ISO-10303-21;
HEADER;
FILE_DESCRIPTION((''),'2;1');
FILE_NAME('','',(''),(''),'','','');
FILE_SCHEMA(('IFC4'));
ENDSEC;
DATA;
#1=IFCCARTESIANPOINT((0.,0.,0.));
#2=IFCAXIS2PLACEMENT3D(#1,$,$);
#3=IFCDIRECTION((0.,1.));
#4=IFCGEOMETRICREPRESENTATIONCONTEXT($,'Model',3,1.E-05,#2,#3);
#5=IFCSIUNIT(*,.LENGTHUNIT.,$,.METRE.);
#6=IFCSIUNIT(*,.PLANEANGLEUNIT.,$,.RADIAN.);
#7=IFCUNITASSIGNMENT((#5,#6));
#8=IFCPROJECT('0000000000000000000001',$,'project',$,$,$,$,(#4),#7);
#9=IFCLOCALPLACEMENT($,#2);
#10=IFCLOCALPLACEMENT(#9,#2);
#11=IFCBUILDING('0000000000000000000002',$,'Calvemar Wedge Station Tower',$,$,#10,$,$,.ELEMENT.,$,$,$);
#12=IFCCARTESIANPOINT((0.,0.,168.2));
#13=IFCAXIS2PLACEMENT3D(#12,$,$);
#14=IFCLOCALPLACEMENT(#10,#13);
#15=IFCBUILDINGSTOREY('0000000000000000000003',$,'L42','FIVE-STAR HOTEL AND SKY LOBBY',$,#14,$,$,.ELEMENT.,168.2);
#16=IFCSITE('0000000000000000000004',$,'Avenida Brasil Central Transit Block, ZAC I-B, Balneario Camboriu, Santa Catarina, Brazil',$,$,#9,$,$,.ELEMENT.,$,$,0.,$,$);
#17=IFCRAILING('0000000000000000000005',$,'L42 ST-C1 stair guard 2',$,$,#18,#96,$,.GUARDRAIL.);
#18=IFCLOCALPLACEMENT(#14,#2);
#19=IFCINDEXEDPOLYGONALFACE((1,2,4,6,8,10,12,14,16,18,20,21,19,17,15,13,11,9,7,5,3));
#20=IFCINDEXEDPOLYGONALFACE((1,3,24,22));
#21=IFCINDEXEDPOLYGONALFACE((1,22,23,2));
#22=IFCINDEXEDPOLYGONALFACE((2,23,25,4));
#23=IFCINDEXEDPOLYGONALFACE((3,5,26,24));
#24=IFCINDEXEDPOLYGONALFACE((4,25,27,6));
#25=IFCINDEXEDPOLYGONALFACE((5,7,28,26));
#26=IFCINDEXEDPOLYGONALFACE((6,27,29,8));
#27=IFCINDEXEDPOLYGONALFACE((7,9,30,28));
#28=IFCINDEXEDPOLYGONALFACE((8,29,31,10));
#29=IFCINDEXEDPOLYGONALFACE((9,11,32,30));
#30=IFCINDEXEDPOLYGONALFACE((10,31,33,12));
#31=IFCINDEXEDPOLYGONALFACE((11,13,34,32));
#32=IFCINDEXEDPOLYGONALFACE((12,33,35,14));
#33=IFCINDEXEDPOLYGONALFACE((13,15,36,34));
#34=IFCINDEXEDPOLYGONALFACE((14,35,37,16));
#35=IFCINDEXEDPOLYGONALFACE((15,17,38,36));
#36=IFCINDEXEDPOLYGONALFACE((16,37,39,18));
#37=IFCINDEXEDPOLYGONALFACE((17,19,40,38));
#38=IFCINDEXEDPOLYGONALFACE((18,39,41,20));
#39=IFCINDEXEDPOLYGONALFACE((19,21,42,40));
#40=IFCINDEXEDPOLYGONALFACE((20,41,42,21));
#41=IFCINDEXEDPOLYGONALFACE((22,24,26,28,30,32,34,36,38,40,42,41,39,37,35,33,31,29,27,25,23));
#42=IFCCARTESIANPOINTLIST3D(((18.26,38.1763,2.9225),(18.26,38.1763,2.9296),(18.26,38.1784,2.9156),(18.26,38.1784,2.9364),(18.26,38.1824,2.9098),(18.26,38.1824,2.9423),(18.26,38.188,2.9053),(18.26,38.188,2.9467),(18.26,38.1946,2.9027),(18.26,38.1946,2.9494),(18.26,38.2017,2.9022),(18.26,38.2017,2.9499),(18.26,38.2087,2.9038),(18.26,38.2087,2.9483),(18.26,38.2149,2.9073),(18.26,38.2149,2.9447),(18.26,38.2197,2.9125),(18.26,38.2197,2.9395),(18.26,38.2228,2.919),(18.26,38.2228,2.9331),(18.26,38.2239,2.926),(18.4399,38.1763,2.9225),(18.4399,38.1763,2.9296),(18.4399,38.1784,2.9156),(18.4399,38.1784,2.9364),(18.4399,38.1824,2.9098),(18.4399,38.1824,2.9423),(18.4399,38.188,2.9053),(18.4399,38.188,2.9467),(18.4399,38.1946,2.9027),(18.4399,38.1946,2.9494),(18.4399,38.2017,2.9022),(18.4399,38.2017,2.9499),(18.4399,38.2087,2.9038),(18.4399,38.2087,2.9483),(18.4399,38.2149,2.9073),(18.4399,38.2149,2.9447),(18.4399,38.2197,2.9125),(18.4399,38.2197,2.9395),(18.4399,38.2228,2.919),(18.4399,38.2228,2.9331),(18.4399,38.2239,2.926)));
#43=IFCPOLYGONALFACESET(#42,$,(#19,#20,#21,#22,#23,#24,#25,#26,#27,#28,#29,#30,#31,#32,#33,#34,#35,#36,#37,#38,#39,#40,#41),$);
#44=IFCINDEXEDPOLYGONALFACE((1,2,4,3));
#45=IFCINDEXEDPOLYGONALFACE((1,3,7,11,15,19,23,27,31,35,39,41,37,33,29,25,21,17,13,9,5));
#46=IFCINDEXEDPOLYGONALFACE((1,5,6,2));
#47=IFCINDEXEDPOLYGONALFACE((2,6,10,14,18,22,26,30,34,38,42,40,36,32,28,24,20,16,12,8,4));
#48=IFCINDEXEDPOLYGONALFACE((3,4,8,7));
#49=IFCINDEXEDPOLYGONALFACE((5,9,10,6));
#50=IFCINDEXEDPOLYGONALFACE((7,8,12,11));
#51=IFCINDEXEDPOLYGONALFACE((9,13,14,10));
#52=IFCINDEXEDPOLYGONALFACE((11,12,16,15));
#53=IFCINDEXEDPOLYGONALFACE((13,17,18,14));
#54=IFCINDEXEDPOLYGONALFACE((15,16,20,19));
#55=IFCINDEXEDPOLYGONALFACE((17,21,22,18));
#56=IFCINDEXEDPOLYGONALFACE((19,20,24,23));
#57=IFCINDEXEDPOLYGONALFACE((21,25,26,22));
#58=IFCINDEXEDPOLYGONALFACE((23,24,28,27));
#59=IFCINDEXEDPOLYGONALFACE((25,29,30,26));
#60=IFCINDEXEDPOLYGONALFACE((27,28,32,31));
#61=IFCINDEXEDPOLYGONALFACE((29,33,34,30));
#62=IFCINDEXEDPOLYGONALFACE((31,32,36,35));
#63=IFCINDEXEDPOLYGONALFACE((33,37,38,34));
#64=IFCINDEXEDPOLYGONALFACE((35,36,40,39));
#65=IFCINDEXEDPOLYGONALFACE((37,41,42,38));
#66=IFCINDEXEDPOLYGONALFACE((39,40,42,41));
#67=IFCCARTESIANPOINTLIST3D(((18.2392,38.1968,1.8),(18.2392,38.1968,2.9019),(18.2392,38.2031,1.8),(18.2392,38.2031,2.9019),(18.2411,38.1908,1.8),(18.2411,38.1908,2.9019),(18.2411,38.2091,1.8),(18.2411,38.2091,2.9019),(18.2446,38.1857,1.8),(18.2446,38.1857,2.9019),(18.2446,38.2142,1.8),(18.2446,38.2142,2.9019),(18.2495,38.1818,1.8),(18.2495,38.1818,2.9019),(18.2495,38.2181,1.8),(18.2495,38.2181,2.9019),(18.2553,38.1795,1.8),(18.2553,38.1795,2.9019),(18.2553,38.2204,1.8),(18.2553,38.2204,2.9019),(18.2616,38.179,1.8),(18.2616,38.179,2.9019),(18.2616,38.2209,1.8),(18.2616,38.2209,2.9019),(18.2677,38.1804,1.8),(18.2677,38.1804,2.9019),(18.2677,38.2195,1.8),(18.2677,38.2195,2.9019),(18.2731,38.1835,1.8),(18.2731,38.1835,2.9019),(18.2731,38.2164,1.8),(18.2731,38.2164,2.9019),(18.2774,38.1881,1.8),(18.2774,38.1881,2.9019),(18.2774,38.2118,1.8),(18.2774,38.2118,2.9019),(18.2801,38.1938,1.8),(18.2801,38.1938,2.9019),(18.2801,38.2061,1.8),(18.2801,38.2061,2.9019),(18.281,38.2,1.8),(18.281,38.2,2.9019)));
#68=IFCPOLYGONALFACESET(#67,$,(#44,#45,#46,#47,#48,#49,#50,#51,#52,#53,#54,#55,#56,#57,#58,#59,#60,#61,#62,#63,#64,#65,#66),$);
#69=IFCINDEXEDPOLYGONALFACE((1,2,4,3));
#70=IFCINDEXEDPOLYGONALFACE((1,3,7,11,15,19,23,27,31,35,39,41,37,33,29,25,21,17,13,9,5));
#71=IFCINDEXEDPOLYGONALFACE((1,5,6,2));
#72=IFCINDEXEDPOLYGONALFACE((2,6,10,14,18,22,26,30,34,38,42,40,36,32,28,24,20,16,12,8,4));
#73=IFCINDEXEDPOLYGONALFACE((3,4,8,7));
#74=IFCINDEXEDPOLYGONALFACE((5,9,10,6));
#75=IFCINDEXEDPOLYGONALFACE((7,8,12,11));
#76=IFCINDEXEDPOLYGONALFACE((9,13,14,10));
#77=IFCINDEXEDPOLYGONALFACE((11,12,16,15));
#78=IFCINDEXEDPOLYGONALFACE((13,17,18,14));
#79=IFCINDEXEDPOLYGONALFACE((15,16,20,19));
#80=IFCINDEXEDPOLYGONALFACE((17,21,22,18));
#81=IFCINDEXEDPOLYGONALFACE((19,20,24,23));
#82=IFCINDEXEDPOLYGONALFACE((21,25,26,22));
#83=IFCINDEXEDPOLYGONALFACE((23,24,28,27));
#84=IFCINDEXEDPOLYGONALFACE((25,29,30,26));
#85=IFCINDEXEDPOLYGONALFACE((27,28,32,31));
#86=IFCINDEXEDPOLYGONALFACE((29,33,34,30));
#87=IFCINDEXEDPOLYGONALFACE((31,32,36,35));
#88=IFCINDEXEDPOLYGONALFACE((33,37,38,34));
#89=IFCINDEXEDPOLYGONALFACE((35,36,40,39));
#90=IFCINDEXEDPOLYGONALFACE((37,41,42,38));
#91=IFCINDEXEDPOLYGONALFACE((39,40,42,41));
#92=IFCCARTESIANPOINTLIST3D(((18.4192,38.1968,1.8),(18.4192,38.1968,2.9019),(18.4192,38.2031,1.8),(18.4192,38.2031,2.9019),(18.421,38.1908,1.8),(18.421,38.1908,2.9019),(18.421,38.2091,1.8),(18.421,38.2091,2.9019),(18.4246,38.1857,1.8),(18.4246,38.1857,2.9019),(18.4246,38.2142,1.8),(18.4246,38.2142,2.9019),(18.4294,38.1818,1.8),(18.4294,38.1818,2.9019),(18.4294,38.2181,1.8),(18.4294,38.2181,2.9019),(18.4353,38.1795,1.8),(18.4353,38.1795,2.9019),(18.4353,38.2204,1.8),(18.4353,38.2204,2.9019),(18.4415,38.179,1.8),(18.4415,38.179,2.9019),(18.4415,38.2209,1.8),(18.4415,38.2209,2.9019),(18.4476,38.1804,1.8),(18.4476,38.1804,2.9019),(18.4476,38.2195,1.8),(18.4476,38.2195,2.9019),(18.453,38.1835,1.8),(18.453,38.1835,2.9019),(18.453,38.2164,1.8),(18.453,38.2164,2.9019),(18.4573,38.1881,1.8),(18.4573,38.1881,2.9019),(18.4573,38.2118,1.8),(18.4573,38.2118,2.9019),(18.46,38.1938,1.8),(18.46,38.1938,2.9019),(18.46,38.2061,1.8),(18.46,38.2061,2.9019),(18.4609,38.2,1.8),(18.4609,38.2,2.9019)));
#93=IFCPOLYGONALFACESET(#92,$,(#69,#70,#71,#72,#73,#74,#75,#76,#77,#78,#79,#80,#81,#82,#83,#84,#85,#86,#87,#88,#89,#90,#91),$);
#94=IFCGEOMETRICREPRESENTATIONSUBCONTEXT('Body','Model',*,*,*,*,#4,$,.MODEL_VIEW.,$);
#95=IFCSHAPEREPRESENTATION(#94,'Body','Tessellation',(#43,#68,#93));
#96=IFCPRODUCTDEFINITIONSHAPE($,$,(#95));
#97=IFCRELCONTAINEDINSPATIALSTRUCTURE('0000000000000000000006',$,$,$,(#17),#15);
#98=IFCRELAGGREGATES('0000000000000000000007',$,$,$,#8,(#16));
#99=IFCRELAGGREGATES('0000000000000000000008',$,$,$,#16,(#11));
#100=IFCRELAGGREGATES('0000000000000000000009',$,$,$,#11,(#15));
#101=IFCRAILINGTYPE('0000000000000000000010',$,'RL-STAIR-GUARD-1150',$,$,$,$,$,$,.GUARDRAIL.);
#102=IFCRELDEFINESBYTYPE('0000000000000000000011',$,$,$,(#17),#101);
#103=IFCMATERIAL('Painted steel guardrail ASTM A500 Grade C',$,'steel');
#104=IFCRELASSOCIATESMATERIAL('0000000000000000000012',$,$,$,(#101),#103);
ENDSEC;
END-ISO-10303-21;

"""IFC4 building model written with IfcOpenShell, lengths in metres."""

from ifc_helpers import new_model, si_unit, direction, frame, origin, origin_2d, place, context, subcontext, project, spatial, circle, extrude, material, type_object, element, save


model = new_model("IFC4")

# Units and contexts
model_context = context("Model", 3, precision=1e-05, world=origin(), true_north=direction((0.0, 1.0)))
body_context = subcontext(model_context, "Body", "Model", "MODEL_VIEW")
ifc_project = project(units=[si_unit("LENGTHUNIT", "METRE"), si_unit("PLANEANGLEUNIT", "RADIAN")], contexts=[model_context])

# Site, building, storey
site_placement = place(None, origin())
site = spatial("IfcSite", under=ifc_project, at=site_placement, Name="Avenida Brasil Central Transit Block, ZAC I-B, Balneario Camboriu, Santa Catarina, Brazil", CompositionType="ELEMENT", RefElevation=0.0)
building_placement = place(site_placement, origin())
building = spatial("IfcBuilding", under=site, at=building_placement, Name="Calvemar Wedge Station Tower", CompositionType="ELEMENT")
storey_placement = place(building_placement, frame((0.0, 0.0, 168.2)))
storey = spatial("IfcBuildingStorey", under=building, at=storey_placement, Name="L42", Description="FIVE-STAR HOTEL AND SKY LOBBY", CompositionType="ELEMENT", Elevation=168.2)

# Railing
ifc_material_1 = material(Name="Painted steel guardrail ASTM A500 Grade C", Category="steel")
railing_type_1 = type_object("IfcRailingType", Name="RL-STAIR-GUARD-1150", PredefinedType="GUARDRAIL", material=ifc_material_1)
railing_1_placement = place(storey_placement, frame((18.26, 38.2, 1.8)))
element("IfcRailing", 1, at=railing_1_placement, inside=storey, type_object=railing_type_1, Name="L42 ST-C1 stair guard 2", PredefinedType="GUARDRAIL", context=body_context, shape_type="SweptSolid", body=[
    extrude(circle(Radius=0.0239, at=origin_2d()), frame((0.0, 0.0, 1.126), z_axis=(1.0, 0.0, 0.0), x_axis=(0.0, 1.0, 0.0)), (0.0, 0.0, 1.0), 0.1799),
    extrude(circle(Radius=0.021, at=origin_2d()), origin(), (0.0, 0.0, 1.0), 1.1018),
    extrude(circle(Radius=0.021, at=origin_2d()), frame((0.1799, 0.0, 0.0)), (0.0, 0.0, 1.0), 1.1018),
])

save(model, "model.ifc")
